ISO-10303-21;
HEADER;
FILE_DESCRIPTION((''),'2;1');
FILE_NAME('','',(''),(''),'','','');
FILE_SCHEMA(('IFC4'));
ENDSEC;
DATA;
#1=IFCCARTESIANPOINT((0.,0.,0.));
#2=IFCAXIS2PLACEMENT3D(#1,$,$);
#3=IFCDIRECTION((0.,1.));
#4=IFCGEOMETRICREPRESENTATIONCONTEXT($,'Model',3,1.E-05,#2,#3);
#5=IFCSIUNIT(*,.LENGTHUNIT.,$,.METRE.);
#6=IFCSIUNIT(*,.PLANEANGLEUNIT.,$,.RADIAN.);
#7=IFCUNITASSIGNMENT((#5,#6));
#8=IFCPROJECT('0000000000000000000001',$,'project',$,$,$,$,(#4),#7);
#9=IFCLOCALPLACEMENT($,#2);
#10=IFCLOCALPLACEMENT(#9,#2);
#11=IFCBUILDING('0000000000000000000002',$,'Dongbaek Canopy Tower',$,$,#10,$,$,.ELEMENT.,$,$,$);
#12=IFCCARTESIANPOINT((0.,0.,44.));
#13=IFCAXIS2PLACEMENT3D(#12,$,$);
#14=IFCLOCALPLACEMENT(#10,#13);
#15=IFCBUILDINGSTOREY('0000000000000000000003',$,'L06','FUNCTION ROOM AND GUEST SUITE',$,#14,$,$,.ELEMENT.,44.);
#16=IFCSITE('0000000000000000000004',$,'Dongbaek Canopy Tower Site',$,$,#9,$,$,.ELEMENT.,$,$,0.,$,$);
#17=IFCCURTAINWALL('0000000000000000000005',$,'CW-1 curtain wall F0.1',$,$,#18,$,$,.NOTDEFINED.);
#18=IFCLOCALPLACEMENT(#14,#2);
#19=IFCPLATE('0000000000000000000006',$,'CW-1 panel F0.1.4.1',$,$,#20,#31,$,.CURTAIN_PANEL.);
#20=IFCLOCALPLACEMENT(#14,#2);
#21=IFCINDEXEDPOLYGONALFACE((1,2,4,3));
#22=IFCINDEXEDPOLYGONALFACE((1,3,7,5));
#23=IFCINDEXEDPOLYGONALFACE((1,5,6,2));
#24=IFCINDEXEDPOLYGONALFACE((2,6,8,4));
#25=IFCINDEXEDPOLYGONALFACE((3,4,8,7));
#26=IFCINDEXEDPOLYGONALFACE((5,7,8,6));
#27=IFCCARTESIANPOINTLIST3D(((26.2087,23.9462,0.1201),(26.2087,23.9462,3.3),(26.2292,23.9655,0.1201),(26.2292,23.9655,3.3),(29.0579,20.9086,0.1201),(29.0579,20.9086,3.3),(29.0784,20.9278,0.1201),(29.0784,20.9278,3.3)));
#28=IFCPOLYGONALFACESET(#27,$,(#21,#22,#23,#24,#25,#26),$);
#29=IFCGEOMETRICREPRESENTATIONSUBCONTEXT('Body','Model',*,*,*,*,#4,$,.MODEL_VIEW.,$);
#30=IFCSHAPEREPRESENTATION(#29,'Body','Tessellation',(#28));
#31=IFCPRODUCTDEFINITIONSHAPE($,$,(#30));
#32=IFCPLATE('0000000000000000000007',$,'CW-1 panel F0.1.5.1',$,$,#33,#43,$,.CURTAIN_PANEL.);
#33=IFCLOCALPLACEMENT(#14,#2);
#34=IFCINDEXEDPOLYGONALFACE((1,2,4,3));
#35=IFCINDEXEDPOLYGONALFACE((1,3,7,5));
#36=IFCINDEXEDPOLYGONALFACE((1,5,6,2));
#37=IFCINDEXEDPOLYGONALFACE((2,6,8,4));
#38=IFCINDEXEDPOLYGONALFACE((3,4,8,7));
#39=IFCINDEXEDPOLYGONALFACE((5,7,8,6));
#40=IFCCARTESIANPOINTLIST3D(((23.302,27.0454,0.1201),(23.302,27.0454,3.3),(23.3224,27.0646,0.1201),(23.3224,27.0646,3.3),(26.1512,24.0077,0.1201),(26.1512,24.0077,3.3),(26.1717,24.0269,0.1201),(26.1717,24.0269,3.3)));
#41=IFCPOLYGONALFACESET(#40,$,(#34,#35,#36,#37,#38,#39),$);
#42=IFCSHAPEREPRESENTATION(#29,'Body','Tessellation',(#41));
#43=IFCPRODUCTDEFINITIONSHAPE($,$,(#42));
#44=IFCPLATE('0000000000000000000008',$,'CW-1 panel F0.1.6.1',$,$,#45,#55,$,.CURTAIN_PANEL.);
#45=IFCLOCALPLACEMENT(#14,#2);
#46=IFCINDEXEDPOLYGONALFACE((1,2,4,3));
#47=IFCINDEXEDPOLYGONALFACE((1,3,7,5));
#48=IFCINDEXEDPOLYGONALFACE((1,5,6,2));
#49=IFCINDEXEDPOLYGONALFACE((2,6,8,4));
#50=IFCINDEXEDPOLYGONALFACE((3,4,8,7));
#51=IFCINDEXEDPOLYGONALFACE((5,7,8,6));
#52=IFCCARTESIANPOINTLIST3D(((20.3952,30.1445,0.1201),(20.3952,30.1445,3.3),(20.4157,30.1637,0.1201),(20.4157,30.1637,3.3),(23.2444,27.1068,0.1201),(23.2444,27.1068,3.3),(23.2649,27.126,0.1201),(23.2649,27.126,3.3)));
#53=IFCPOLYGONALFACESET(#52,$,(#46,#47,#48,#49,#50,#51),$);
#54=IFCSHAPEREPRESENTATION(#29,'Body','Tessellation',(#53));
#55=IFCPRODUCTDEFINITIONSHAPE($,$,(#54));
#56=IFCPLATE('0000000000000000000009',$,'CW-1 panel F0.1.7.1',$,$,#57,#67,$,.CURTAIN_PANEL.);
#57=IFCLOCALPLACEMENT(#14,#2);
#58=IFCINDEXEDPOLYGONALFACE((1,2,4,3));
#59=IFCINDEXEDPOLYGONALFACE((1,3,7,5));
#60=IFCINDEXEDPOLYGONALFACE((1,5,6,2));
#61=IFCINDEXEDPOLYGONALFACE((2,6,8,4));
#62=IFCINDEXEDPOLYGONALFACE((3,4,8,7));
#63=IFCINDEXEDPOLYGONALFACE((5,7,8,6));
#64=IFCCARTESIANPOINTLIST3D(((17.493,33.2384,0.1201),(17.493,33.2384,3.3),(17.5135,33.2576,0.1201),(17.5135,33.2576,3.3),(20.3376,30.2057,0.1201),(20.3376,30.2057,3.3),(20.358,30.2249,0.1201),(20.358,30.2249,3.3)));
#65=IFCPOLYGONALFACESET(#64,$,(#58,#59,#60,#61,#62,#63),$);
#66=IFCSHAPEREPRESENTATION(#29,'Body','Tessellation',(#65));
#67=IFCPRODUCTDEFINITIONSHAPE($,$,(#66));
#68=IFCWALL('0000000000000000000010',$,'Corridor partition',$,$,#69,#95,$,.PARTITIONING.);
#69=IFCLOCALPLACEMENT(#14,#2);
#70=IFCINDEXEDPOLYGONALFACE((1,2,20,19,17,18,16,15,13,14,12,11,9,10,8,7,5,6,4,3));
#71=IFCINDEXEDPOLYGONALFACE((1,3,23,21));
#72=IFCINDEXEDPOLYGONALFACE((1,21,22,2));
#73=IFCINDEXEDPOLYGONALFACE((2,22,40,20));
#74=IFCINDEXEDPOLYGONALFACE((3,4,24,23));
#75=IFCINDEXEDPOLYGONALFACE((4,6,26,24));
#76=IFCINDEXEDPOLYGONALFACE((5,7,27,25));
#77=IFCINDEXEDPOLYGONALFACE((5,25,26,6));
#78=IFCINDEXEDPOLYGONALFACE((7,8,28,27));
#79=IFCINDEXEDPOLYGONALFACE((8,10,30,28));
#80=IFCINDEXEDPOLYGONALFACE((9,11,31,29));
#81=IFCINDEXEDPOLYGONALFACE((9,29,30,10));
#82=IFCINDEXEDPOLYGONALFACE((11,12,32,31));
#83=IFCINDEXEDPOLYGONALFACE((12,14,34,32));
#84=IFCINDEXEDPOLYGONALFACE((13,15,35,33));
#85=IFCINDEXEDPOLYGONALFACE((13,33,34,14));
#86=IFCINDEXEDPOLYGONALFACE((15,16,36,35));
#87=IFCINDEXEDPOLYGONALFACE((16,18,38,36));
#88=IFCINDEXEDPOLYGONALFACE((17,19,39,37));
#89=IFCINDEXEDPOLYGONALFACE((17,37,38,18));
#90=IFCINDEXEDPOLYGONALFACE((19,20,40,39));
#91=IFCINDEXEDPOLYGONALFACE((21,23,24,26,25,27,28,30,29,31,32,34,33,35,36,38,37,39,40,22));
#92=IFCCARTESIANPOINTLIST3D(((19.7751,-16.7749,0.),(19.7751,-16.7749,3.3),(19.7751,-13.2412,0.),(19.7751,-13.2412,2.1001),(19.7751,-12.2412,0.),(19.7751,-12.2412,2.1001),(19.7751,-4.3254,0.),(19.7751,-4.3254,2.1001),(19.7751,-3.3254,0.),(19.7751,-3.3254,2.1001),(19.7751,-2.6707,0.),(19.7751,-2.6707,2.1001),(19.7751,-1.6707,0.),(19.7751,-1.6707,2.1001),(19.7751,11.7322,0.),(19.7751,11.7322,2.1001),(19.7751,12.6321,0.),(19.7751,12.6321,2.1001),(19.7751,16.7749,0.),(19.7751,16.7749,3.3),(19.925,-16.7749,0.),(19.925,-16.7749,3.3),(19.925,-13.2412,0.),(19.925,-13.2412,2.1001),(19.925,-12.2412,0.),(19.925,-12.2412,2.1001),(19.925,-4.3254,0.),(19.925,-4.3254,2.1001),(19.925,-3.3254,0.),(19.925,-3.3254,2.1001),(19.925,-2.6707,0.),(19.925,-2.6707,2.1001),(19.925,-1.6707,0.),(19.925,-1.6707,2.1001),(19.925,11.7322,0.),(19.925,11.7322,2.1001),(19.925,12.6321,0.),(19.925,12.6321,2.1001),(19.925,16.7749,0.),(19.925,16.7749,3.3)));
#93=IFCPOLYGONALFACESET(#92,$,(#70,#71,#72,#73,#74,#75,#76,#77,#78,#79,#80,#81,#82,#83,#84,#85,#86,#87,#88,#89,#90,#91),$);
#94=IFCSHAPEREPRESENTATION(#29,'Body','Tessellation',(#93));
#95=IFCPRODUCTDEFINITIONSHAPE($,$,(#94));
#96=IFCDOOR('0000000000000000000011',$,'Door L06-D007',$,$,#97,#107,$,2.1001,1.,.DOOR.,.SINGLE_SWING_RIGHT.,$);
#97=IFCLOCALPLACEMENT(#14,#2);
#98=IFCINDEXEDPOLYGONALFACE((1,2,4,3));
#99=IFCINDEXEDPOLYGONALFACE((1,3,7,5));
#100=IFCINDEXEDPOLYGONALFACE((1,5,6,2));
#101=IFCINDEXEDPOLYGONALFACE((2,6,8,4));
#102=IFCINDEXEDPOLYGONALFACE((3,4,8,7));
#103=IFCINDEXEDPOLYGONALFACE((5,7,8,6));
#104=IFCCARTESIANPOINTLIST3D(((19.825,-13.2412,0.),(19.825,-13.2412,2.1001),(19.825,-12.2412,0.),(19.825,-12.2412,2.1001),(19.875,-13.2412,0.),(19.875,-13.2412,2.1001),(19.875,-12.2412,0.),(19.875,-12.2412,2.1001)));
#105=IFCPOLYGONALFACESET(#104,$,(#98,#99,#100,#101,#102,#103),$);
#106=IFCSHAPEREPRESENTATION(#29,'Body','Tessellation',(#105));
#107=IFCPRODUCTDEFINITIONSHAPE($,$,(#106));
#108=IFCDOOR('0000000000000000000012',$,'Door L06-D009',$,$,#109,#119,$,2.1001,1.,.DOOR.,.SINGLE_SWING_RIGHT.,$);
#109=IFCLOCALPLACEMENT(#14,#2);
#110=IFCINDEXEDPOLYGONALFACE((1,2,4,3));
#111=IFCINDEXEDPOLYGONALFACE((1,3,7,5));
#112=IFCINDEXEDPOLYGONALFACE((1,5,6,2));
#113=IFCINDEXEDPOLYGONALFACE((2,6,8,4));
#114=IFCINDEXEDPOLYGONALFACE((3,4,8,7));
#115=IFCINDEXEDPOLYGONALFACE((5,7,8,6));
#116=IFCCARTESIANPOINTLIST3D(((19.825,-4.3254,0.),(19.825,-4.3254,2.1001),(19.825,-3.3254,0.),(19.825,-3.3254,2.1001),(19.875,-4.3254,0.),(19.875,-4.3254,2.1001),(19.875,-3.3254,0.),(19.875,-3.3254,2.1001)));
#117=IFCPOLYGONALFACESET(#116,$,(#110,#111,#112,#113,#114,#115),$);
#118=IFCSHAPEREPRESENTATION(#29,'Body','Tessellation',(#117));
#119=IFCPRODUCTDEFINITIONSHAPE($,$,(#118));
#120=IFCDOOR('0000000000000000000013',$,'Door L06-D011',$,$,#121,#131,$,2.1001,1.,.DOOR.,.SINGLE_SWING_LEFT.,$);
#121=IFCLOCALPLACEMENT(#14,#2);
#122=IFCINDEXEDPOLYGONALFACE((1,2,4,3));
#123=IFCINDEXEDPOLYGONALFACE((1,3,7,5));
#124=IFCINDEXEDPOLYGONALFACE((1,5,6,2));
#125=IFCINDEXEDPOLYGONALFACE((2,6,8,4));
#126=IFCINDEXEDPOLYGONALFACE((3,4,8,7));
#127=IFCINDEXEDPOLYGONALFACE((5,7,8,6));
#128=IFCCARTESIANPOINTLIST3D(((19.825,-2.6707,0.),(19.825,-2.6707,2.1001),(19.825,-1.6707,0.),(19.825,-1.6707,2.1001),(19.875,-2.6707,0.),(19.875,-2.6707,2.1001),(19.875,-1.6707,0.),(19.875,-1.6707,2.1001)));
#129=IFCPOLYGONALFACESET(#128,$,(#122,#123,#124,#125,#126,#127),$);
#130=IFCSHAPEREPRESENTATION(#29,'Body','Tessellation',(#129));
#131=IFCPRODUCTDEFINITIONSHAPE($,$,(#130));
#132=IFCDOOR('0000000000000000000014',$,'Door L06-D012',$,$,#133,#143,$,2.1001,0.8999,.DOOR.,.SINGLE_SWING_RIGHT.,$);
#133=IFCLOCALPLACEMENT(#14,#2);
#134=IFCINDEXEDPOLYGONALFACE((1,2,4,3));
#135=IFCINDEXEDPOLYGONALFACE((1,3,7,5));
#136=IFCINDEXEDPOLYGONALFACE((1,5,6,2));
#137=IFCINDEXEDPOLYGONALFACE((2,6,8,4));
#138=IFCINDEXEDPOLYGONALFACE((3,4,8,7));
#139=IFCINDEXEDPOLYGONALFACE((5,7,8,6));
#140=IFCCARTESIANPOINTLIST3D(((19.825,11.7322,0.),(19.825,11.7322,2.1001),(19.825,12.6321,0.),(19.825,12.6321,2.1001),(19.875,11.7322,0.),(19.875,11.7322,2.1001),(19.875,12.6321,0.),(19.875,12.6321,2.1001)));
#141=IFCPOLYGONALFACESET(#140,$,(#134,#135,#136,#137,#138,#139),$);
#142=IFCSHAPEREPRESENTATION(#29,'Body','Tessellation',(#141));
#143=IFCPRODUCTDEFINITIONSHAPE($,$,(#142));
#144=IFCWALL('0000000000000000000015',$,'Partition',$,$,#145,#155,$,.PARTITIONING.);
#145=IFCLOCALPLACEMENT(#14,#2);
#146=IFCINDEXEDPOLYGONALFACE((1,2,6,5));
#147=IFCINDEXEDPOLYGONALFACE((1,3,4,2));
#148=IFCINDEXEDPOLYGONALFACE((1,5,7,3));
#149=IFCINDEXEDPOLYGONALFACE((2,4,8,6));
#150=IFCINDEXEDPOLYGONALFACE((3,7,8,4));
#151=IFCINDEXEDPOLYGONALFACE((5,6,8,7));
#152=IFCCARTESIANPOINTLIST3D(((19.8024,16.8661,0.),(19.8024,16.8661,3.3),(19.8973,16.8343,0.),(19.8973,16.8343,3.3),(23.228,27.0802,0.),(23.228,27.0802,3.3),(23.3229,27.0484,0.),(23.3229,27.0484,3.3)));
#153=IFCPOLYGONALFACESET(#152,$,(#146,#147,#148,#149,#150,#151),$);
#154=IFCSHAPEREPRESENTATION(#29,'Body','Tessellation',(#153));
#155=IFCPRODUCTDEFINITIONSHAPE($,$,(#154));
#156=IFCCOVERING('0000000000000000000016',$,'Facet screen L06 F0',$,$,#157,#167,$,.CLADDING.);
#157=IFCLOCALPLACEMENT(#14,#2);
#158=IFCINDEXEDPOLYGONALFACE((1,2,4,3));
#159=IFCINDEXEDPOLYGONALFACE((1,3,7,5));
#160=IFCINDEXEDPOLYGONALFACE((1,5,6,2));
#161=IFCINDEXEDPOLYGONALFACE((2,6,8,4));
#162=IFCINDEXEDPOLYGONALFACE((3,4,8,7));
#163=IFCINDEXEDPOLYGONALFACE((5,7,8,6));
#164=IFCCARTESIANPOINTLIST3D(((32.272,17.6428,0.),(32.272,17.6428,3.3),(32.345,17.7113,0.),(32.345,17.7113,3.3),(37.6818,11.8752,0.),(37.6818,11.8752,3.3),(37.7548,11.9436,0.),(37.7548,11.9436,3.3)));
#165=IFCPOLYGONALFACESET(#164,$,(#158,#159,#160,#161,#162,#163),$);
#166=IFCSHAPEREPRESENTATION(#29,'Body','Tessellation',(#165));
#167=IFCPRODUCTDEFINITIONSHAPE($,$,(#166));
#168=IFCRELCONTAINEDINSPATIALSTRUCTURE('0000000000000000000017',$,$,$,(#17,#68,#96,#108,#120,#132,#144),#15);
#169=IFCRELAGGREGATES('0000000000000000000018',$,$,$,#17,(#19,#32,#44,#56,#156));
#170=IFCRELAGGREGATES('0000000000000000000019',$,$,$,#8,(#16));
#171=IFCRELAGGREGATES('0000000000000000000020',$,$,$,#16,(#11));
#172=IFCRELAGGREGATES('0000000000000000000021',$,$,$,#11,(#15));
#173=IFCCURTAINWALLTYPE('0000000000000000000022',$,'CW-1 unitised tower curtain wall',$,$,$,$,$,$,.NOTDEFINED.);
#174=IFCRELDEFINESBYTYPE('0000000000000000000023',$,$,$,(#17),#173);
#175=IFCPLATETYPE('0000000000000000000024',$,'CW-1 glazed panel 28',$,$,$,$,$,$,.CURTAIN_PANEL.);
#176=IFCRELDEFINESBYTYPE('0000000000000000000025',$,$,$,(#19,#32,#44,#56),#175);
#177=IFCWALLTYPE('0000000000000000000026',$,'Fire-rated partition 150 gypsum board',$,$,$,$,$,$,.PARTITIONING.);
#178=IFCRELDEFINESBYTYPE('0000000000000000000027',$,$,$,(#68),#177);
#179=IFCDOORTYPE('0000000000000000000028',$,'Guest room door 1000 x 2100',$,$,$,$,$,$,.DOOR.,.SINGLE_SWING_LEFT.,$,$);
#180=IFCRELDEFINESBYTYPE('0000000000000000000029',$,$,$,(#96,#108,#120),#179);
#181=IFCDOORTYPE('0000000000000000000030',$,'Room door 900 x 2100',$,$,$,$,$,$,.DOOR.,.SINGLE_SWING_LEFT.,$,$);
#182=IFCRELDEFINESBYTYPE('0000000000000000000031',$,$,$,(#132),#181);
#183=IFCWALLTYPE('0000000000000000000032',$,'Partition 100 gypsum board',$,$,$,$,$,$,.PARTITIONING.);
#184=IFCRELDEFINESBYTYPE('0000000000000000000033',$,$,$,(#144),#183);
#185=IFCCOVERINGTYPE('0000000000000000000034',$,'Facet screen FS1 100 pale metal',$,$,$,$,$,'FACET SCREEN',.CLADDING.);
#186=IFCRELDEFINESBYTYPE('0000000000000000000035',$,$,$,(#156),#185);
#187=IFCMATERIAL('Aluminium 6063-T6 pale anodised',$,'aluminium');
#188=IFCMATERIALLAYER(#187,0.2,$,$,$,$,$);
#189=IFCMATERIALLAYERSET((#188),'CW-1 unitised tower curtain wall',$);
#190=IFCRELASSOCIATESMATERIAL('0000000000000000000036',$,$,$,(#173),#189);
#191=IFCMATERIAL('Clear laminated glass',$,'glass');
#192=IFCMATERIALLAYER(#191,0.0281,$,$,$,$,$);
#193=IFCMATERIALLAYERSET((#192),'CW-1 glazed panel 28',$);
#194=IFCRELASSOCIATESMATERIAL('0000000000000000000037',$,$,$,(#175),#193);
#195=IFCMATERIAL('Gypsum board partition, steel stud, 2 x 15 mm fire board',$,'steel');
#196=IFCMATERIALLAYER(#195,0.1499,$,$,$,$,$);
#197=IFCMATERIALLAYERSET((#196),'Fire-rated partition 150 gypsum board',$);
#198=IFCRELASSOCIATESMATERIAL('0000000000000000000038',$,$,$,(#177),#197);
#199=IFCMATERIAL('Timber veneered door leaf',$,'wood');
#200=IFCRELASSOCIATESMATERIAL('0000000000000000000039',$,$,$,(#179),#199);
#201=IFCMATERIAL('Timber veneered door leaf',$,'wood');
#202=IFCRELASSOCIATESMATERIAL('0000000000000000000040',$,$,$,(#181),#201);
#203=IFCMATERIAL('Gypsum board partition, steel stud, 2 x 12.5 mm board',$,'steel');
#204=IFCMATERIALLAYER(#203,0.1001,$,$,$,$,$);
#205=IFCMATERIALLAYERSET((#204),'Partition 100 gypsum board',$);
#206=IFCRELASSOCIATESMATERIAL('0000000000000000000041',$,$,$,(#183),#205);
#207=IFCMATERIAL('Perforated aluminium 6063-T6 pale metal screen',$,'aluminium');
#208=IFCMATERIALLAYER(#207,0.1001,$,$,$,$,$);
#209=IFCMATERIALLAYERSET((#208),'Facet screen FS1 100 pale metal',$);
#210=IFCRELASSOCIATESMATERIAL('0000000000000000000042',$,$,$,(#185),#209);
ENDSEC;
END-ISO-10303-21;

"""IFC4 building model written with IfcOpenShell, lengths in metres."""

from ifc_helpers import new_model, si_unit, direction, frame, frame_2d, origin, origin_2d, place, context, subcontext, project, spatial, rectangle, extrude, material, layer, layer_set, type_object, element, fill, aggregate, save


model = new_model("IFC4")

# Units and contexts
model_context = context("Model", 3, precision=1e-05, world=origin(), true_north=direction((0.0, 1.0)))
body_context = subcontext(model_context, "Body", "Model", "MODEL_VIEW")
ifc_project = project(units=[si_unit("LENGTHUNIT", "METRE"), si_unit("PLANEANGLEUNIT", "RADIAN")], contexts=[model_context])

# Site, building, storey
site_placement = place(None, origin())
site = spatial("IfcSite", under=ifc_project, at=site_placement, Name="Dongbaek Canopy Tower Site", CompositionType="ELEMENT", RefElevation=0.0)
building_placement = place(site_placement, origin())
building = spatial("IfcBuilding", under=site, at=building_placement, Name="Dongbaek Canopy Tower", CompositionType="ELEMENT")
storey_placement = place(building_placement, frame((0.0, 0.0, 44.0)))
storey = spatial("IfcBuildingStorey", under=building, at=storey_placement, Name="L06", Description="FUNCTION ROOM AND GUEST SUITE", CompositionType="ELEMENT", Elevation=44.0)

# Curtain wall
ifc_material_1 = material(Name="Aluminium 6063-T6 pale anodised", Category="aluminium")
ifc_layer_1 = layer(ifc_material_1, 0.2)
ifc_layer_set_1 = layer_set([ifc_layer_1], Name="CW-1 unitised tower curtain wall")
curtain_wall_type = type_object("IfcCurtainWallType", Name="CW-1 unitised tower curtain wall", PredefinedType="NOTDEFINED", material=ifc_layer_set_1)
curtain_wall_placement = place(storey_placement, origin())
curtain_wall = element("IfcCurtainWall", 1, at=curtain_wall_placement, inside=storey, type_object=curtain_wall_type, Name="CW-1 curtain wall F0.1", PredefinedType="NOTDEFINED")

# Plates
ifc_material_2 = material(Name="Clear laminated glass", Category="glass")
ifc_layer_2 = layer(ifc_material_2, 0.0281)
ifc_layer_set_2 = layer_set([ifc_layer_2], Name="CW-1 glazed panel 28")
plate_type = type_object("IfcPlateType", Name="CW-1 glazed panel 28", PredefinedType="CURTAIN_PANEL", material=ifc_layer_set_2)
plate_1_placement = place(storey_placement, frame((27.6436, 22.437, 0.1201), z_axis=(0.0, 0.0, 1.0), x_axis=(-0.68412, 0.729369, 0.0)))
plate_1 = element("IfcPlate", 2, at=plate_1_placement, type_object=plate_type, Name="CW-1 panel F0.1.4.1", PredefinedType="CURTAIN_PANEL", context=body_context, shape_type="SweptSolid", body=[
    extrude(rectangle(XDim=4.1648, YDim=0.0281, at=origin_2d()), origin(), (0.0, 0.0, 1.0), 3.1799),
])
plate_2_placement = place(storey_placement, frame((24.7368, 25.5361, 0.1201), z_axis=(0.0, 0.0, 1.0), x_axis=(-0.68412, 0.729369, 0.0)))
plate_2 = element("IfcPlate", 3, at=plate_2_placement, type_object=plate_type, Name="CW-1 panel F0.1.5.1", PredefinedType="CURTAIN_PANEL", context=body_context, shape_type="SweptSolid", body=[
    extrude(rectangle(XDim=4.1648, YDim=0.0281, at=origin_2d()), origin(), (0.0, 0.0, 1.0), 3.1799),
])
plate_3_placement = place(storey_placement, frame((21.8301, 28.6353, 0.1201), z_axis=(0.0, 0.0, 1.0), x_axis=(-0.68412, 0.729369, 0.0)))
plate_3 = element("IfcPlate", 4, at=plate_3_placement, type_object=plate_type, Name="CW-1 panel F0.1.6.1", PredefinedType="CURTAIN_PANEL", context=body_context, shape_type="SweptSolid", body=[
    extrude(rectangle(XDim=4.1648, YDim=0.0281, at=origin_2d()), origin(), (0.0, 0.0, 1.0), 3.1799),
])
plate_4_placement = place(storey_placement, frame((18.9255, 31.7317, 0.1201), z_axis=(0.0, 0.0, 1.0), x_axis=(-0.68412, 0.729369, 0.0)))
plate_4 = element("IfcPlate", 5, at=plate_4_placement, type_object=plate_type, Name="CW-1 panel F0.1.7.1", PredefinedType="CURTAIN_PANEL", context=body_context, shape_type="SweptSolid", body=[
    extrude(rectangle(XDim=4.158, YDim=0.0281, at=origin_2d()), origin(), (0.0, 0.0, 1.0), 3.1799),
])

# Wall, openings, doors
ifc_material_3 = material(Name="Gypsum board partition, steel stud, 2 x 15 mm fire board", Category="steel")
ifc_layer_3 = layer(ifc_material_3, 0.1499)
ifc_layer_set_3 = layer_set([ifc_layer_3], Name="Fire-rated partition 150 gypsum board")
wall_type_1 = type_object("IfcWallType", Name="Fire-rated partition 150 gypsum board", PredefinedType="PARTITIONING", material=ifc_layer_set_3)
wall_1_placement = place(storey_placement, frame((19.8501, 16.7749, 0.0), z_axis=(0.0, 0.0, 1.0), x_axis=(0.0, -1.0, 0.0)))
wall_1 = element("IfcWall", 6, at=wall_1_placement, inside=storey, type_object=wall_type_1, Name="Corridor partition", PredefinedType="PARTITIONING", context=body_context, shape_type="SweptSolid", body=[
    extrude(rectangle(XDim=33.5498, YDim=0.1499, at=frame_2d((16.7749, 0.0))), origin(), (0.0, 0.0, 1.0), 3.3),
])
opening_1_placement = place(wall_1_placement, frame((29.0161, 0.0, 0.0)))
opening_1 = element("IfcOpeningElement", 7, at=opening_1_placement, cuts=wall_1, PredefinedType="OPENING", context=body_context, shape_type="SweptSolid", body=[
    extrude(rectangle(XDim=1.0, YDim=2.1001, at=frame_2d((0.5, 1.05))), frame((0.0, 0.085, 0.0), z_axis=(0.0, -1.0, 0.0), x_axis=(1.0, 0.0, 0.0)), (0.0, 0.0, 1.0), 0.1699),
])
opening_2_placement = place(wall_1_placement, frame((20.1003, 0.0, 0.0)))
opening_2 = element("IfcOpeningElement", 8, at=opening_2_placement, cuts=wall_1, PredefinedType="OPENING", context=body_context, shape_type="SweptSolid", body=[
    extrude(rectangle(XDim=1.0, YDim=2.1001, at=frame_2d((0.5, 1.05))), frame((0.0, 0.085, 0.0), z_axis=(0.0, -1.0, 0.0), x_axis=(1.0, 0.0, 0.0)), (0.0, 0.0, 1.0), 0.1699),
])
opening_3_placement = place(wall_1_placement, frame((18.4456, 0.0, 0.0)))
opening_3 = element("IfcOpeningElement", 9, at=opening_3_placement, cuts=wall_1, PredefinedType="OPENING", context=body_context, shape_type="SweptSolid", body=[
    extrude(rectangle(XDim=1.0, YDim=2.1001, at=frame_2d((0.5, 1.05))), frame((0.0, 0.085, 0.0), z_axis=(0.0, -1.0, 0.0), x_axis=(1.0, 0.0, 0.0)), (0.0, 0.0, 1.0), 0.1699),
])
opening_4_placement = place(wall_1_placement, frame((4.1428, 0.0, 0.0)))
opening_4 = element("IfcOpeningElement", 10, at=opening_4_placement, cuts=wall_1, PredefinedType="OPENING", context=body_context, shape_type="SweptSolid", body=[
    extrude(rectangle(XDim=0.8999, YDim=2.1001, at=frame_2d((0.45, 1.05))), frame((0.0, 0.085, 0.0), z_axis=(0.0, -1.0, 0.0), x_axis=(1.0, 0.0, 0.0)), (0.0, 0.0, 1.0), 0.1699),
])
ifc_material_4 = material(Name="Timber veneered door leaf", Category="wood")
door_type_1 = type_object("IfcDoorType", Name="Guest room door 1000 x 2100", OperationType="SINGLE_SWING_LEFT", PredefinedType="DOOR", material=ifc_material_4)
door_1_placement = place(opening_1_placement, origin())
door_1 = element("IfcDoor", 11, at=door_1_placement, inside=storey, type_object=door_type_1, Name="Door L06-D007", OperationType="SINGLE_SWING_RIGHT", OverallHeight=2.1001, OverallWidth=1.0, PredefinedType="DOOR", context=body_context, shape_type="SweptSolid", body=[
    extrude(rectangle(XDim=1.0, YDim=2.1001, at=frame_2d((0.5, 1.05))), frame((0.0, 0.0249, 0.0), z_axis=(0.0, -1.0, 0.0), x_axis=(1.0, 0.0, 0.0)), (0.0, 0.0, 1.0), 0.05),
])
fill(opening_1, door_1)
door_2_placement = place(opening_2_placement, origin())
door_2 = element("IfcDoor", 12, at=door_2_placement, inside=storey, type_object=door_type_1, Name="Door L06-D009", OperationType="SINGLE_SWING_RIGHT", OverallHeight=2.1001, OverallWidth=1.0, PredefinedType="DOOR", context=body_context, shape_type="SweptSolid", body=[
    extrude(rectangle(XDim=1.0, YDim=2.1001, at=frame_2d((0.5, 1.05))), frame((0.0, 0.0249, 0.0), z_axis=(0.0, -1.0, 0.0), x_axis=(1.0, 0.0, 0.0)), (0.0, 0.0, 1.0), 0.05),
])
fill(opening_2, door_2)
door_3_placement = place(opening_3_placement, origin())
door_3 = element("IfcDoor", 13, at=door_3_placement, inside=storey, type_object=door_type_1, Name="Door L06-D011", OperationType="SINGLE_SWING_LEFT", OverallHeight=2.1001, OverallWidth=1.0, PredefinedType="DOOR", context=body_context, shape_type="SweptSolid", body=[
    extrude(rectangle(XDim=1.0, YDim=2.1001, at=frame_2d((0.5, 1.05))), frame((0.0, 0.0249, 0.0), z_axis=(0.0, -1.0, 0.0), x_axis=(1.0, 0.0, 0.0)), (0.0, 0.0, 1.0), 0.05),
])
fill(opening_3, door_3)
ifc_material_5 = material(Name="Timber veneered door leaf", Category="wood")
door_type_2 = type_object("IfcDoorType", Name="Room door 900 x 2100", OperationType="SINGLE_SWING_LEFT", PredefinedType="DOOR", material=ifc_material_5)
door_4_placement = place(opening_4_placement, origin())
door_4 = element("IfcDoor", 14, at=door_4_placement, inside=storey, type_object=door_type_2, Name="Door L06-D012", OperationType="SINGLE_SWING_RIGHT", OverallHeight=2.1001, OverallWidth=0.8999, PredefinedType="DOOR", context=body_context, shape_type="SweptSolid", body=[
    extrude(rectangle(XDim=0.8999, YDim=2.1001, at=frame_2d((0.45, 1.05))), frame((0.0, 0.0249, 0.0), z_axis=(0.0, -1.0, 0.0), x_axis=(1.0, 0.0, 0.0)), (0.0, 0.0, 1.0), 0.05),
])
fill(opening_4, door_4)

# Wall
ifc_material_6 = material(Name="Gypsum board partition, steel stud, 2 x 12.5 mm board", Category="steel")
ifc_layer_4 = layer(ifc_material_6, 0.1001)
ifc_layer_set_4 = layer_set([ifc_layer_4], Name="Partition 100 gypsum board")
wall_type_2 = type_object("IfcWallType", Name="Partition 100 gypsum board", PredefinedType="PARTITIONING", material=ifc_layer_set_4)
wall_2_placement = place(storey_placement, frame((19.8499, 16.8501, 0.0), z_axis=(0.0, 0.0, 1.0), x_axis=(0.317968, 0.948102, 0.0)))
element("IfcWall", 15, at=wall_2_placement, inside=storey, type_object=wall_type_2, Name="Partition", PredefinedType="PARTITIONING", context=body_context, shape_type="SweptSolid", body=[
    extrude(rectangle(XDim=10.7732, YDim=0.1001, at=frame_2d((5.3867, 0.0))), origin(), (0.0, 0.0, 1.0), 3.3),
])

# Covering
ifc_material_7 = material(Name="Perforated aluminium 6063-T6 pale metal screen", Category="aluminium")
ifc_layer_5 = layer(ifc_material_7, 0.1001)
ifc_layer_set_5 = layer_set([ifc_layer_5], Name="Facet screen FS1 100 pale metal")
covering_type_1 = type_object("IfcCoveringType", Name="Facet screen FS1 100 pale metal", ElementType="FACET SCREEN", PredefinedType="CLADDING", material=ifc_layer_set_5)
covering_1_placement = place(storey_placement, frame((35.0134, 14.7932, 0.0), z_axis=(0.0, 0.0, 1.0), x_axis=(-0.684121, 0.729369, 0.0)))
covering_1 = element("IfcCovering", 16, at=covering_1_placement, type_object=covering_type_1, Name="Facet screen L06 F0", PredefinedType="CLADDING", context=body_context, shape_type="SweptSolid", body=[
    extrude(rectangle(XDim=7.9077, YDim=0.1001, at=origin_2d()), origin(), (0.0, 0.0, 1.0), 3.3),
])
aggregate(curtain_wall, [plate_1, plate_2, plate_3, plate_4, covering_1])

save(model, "model.ifc")
